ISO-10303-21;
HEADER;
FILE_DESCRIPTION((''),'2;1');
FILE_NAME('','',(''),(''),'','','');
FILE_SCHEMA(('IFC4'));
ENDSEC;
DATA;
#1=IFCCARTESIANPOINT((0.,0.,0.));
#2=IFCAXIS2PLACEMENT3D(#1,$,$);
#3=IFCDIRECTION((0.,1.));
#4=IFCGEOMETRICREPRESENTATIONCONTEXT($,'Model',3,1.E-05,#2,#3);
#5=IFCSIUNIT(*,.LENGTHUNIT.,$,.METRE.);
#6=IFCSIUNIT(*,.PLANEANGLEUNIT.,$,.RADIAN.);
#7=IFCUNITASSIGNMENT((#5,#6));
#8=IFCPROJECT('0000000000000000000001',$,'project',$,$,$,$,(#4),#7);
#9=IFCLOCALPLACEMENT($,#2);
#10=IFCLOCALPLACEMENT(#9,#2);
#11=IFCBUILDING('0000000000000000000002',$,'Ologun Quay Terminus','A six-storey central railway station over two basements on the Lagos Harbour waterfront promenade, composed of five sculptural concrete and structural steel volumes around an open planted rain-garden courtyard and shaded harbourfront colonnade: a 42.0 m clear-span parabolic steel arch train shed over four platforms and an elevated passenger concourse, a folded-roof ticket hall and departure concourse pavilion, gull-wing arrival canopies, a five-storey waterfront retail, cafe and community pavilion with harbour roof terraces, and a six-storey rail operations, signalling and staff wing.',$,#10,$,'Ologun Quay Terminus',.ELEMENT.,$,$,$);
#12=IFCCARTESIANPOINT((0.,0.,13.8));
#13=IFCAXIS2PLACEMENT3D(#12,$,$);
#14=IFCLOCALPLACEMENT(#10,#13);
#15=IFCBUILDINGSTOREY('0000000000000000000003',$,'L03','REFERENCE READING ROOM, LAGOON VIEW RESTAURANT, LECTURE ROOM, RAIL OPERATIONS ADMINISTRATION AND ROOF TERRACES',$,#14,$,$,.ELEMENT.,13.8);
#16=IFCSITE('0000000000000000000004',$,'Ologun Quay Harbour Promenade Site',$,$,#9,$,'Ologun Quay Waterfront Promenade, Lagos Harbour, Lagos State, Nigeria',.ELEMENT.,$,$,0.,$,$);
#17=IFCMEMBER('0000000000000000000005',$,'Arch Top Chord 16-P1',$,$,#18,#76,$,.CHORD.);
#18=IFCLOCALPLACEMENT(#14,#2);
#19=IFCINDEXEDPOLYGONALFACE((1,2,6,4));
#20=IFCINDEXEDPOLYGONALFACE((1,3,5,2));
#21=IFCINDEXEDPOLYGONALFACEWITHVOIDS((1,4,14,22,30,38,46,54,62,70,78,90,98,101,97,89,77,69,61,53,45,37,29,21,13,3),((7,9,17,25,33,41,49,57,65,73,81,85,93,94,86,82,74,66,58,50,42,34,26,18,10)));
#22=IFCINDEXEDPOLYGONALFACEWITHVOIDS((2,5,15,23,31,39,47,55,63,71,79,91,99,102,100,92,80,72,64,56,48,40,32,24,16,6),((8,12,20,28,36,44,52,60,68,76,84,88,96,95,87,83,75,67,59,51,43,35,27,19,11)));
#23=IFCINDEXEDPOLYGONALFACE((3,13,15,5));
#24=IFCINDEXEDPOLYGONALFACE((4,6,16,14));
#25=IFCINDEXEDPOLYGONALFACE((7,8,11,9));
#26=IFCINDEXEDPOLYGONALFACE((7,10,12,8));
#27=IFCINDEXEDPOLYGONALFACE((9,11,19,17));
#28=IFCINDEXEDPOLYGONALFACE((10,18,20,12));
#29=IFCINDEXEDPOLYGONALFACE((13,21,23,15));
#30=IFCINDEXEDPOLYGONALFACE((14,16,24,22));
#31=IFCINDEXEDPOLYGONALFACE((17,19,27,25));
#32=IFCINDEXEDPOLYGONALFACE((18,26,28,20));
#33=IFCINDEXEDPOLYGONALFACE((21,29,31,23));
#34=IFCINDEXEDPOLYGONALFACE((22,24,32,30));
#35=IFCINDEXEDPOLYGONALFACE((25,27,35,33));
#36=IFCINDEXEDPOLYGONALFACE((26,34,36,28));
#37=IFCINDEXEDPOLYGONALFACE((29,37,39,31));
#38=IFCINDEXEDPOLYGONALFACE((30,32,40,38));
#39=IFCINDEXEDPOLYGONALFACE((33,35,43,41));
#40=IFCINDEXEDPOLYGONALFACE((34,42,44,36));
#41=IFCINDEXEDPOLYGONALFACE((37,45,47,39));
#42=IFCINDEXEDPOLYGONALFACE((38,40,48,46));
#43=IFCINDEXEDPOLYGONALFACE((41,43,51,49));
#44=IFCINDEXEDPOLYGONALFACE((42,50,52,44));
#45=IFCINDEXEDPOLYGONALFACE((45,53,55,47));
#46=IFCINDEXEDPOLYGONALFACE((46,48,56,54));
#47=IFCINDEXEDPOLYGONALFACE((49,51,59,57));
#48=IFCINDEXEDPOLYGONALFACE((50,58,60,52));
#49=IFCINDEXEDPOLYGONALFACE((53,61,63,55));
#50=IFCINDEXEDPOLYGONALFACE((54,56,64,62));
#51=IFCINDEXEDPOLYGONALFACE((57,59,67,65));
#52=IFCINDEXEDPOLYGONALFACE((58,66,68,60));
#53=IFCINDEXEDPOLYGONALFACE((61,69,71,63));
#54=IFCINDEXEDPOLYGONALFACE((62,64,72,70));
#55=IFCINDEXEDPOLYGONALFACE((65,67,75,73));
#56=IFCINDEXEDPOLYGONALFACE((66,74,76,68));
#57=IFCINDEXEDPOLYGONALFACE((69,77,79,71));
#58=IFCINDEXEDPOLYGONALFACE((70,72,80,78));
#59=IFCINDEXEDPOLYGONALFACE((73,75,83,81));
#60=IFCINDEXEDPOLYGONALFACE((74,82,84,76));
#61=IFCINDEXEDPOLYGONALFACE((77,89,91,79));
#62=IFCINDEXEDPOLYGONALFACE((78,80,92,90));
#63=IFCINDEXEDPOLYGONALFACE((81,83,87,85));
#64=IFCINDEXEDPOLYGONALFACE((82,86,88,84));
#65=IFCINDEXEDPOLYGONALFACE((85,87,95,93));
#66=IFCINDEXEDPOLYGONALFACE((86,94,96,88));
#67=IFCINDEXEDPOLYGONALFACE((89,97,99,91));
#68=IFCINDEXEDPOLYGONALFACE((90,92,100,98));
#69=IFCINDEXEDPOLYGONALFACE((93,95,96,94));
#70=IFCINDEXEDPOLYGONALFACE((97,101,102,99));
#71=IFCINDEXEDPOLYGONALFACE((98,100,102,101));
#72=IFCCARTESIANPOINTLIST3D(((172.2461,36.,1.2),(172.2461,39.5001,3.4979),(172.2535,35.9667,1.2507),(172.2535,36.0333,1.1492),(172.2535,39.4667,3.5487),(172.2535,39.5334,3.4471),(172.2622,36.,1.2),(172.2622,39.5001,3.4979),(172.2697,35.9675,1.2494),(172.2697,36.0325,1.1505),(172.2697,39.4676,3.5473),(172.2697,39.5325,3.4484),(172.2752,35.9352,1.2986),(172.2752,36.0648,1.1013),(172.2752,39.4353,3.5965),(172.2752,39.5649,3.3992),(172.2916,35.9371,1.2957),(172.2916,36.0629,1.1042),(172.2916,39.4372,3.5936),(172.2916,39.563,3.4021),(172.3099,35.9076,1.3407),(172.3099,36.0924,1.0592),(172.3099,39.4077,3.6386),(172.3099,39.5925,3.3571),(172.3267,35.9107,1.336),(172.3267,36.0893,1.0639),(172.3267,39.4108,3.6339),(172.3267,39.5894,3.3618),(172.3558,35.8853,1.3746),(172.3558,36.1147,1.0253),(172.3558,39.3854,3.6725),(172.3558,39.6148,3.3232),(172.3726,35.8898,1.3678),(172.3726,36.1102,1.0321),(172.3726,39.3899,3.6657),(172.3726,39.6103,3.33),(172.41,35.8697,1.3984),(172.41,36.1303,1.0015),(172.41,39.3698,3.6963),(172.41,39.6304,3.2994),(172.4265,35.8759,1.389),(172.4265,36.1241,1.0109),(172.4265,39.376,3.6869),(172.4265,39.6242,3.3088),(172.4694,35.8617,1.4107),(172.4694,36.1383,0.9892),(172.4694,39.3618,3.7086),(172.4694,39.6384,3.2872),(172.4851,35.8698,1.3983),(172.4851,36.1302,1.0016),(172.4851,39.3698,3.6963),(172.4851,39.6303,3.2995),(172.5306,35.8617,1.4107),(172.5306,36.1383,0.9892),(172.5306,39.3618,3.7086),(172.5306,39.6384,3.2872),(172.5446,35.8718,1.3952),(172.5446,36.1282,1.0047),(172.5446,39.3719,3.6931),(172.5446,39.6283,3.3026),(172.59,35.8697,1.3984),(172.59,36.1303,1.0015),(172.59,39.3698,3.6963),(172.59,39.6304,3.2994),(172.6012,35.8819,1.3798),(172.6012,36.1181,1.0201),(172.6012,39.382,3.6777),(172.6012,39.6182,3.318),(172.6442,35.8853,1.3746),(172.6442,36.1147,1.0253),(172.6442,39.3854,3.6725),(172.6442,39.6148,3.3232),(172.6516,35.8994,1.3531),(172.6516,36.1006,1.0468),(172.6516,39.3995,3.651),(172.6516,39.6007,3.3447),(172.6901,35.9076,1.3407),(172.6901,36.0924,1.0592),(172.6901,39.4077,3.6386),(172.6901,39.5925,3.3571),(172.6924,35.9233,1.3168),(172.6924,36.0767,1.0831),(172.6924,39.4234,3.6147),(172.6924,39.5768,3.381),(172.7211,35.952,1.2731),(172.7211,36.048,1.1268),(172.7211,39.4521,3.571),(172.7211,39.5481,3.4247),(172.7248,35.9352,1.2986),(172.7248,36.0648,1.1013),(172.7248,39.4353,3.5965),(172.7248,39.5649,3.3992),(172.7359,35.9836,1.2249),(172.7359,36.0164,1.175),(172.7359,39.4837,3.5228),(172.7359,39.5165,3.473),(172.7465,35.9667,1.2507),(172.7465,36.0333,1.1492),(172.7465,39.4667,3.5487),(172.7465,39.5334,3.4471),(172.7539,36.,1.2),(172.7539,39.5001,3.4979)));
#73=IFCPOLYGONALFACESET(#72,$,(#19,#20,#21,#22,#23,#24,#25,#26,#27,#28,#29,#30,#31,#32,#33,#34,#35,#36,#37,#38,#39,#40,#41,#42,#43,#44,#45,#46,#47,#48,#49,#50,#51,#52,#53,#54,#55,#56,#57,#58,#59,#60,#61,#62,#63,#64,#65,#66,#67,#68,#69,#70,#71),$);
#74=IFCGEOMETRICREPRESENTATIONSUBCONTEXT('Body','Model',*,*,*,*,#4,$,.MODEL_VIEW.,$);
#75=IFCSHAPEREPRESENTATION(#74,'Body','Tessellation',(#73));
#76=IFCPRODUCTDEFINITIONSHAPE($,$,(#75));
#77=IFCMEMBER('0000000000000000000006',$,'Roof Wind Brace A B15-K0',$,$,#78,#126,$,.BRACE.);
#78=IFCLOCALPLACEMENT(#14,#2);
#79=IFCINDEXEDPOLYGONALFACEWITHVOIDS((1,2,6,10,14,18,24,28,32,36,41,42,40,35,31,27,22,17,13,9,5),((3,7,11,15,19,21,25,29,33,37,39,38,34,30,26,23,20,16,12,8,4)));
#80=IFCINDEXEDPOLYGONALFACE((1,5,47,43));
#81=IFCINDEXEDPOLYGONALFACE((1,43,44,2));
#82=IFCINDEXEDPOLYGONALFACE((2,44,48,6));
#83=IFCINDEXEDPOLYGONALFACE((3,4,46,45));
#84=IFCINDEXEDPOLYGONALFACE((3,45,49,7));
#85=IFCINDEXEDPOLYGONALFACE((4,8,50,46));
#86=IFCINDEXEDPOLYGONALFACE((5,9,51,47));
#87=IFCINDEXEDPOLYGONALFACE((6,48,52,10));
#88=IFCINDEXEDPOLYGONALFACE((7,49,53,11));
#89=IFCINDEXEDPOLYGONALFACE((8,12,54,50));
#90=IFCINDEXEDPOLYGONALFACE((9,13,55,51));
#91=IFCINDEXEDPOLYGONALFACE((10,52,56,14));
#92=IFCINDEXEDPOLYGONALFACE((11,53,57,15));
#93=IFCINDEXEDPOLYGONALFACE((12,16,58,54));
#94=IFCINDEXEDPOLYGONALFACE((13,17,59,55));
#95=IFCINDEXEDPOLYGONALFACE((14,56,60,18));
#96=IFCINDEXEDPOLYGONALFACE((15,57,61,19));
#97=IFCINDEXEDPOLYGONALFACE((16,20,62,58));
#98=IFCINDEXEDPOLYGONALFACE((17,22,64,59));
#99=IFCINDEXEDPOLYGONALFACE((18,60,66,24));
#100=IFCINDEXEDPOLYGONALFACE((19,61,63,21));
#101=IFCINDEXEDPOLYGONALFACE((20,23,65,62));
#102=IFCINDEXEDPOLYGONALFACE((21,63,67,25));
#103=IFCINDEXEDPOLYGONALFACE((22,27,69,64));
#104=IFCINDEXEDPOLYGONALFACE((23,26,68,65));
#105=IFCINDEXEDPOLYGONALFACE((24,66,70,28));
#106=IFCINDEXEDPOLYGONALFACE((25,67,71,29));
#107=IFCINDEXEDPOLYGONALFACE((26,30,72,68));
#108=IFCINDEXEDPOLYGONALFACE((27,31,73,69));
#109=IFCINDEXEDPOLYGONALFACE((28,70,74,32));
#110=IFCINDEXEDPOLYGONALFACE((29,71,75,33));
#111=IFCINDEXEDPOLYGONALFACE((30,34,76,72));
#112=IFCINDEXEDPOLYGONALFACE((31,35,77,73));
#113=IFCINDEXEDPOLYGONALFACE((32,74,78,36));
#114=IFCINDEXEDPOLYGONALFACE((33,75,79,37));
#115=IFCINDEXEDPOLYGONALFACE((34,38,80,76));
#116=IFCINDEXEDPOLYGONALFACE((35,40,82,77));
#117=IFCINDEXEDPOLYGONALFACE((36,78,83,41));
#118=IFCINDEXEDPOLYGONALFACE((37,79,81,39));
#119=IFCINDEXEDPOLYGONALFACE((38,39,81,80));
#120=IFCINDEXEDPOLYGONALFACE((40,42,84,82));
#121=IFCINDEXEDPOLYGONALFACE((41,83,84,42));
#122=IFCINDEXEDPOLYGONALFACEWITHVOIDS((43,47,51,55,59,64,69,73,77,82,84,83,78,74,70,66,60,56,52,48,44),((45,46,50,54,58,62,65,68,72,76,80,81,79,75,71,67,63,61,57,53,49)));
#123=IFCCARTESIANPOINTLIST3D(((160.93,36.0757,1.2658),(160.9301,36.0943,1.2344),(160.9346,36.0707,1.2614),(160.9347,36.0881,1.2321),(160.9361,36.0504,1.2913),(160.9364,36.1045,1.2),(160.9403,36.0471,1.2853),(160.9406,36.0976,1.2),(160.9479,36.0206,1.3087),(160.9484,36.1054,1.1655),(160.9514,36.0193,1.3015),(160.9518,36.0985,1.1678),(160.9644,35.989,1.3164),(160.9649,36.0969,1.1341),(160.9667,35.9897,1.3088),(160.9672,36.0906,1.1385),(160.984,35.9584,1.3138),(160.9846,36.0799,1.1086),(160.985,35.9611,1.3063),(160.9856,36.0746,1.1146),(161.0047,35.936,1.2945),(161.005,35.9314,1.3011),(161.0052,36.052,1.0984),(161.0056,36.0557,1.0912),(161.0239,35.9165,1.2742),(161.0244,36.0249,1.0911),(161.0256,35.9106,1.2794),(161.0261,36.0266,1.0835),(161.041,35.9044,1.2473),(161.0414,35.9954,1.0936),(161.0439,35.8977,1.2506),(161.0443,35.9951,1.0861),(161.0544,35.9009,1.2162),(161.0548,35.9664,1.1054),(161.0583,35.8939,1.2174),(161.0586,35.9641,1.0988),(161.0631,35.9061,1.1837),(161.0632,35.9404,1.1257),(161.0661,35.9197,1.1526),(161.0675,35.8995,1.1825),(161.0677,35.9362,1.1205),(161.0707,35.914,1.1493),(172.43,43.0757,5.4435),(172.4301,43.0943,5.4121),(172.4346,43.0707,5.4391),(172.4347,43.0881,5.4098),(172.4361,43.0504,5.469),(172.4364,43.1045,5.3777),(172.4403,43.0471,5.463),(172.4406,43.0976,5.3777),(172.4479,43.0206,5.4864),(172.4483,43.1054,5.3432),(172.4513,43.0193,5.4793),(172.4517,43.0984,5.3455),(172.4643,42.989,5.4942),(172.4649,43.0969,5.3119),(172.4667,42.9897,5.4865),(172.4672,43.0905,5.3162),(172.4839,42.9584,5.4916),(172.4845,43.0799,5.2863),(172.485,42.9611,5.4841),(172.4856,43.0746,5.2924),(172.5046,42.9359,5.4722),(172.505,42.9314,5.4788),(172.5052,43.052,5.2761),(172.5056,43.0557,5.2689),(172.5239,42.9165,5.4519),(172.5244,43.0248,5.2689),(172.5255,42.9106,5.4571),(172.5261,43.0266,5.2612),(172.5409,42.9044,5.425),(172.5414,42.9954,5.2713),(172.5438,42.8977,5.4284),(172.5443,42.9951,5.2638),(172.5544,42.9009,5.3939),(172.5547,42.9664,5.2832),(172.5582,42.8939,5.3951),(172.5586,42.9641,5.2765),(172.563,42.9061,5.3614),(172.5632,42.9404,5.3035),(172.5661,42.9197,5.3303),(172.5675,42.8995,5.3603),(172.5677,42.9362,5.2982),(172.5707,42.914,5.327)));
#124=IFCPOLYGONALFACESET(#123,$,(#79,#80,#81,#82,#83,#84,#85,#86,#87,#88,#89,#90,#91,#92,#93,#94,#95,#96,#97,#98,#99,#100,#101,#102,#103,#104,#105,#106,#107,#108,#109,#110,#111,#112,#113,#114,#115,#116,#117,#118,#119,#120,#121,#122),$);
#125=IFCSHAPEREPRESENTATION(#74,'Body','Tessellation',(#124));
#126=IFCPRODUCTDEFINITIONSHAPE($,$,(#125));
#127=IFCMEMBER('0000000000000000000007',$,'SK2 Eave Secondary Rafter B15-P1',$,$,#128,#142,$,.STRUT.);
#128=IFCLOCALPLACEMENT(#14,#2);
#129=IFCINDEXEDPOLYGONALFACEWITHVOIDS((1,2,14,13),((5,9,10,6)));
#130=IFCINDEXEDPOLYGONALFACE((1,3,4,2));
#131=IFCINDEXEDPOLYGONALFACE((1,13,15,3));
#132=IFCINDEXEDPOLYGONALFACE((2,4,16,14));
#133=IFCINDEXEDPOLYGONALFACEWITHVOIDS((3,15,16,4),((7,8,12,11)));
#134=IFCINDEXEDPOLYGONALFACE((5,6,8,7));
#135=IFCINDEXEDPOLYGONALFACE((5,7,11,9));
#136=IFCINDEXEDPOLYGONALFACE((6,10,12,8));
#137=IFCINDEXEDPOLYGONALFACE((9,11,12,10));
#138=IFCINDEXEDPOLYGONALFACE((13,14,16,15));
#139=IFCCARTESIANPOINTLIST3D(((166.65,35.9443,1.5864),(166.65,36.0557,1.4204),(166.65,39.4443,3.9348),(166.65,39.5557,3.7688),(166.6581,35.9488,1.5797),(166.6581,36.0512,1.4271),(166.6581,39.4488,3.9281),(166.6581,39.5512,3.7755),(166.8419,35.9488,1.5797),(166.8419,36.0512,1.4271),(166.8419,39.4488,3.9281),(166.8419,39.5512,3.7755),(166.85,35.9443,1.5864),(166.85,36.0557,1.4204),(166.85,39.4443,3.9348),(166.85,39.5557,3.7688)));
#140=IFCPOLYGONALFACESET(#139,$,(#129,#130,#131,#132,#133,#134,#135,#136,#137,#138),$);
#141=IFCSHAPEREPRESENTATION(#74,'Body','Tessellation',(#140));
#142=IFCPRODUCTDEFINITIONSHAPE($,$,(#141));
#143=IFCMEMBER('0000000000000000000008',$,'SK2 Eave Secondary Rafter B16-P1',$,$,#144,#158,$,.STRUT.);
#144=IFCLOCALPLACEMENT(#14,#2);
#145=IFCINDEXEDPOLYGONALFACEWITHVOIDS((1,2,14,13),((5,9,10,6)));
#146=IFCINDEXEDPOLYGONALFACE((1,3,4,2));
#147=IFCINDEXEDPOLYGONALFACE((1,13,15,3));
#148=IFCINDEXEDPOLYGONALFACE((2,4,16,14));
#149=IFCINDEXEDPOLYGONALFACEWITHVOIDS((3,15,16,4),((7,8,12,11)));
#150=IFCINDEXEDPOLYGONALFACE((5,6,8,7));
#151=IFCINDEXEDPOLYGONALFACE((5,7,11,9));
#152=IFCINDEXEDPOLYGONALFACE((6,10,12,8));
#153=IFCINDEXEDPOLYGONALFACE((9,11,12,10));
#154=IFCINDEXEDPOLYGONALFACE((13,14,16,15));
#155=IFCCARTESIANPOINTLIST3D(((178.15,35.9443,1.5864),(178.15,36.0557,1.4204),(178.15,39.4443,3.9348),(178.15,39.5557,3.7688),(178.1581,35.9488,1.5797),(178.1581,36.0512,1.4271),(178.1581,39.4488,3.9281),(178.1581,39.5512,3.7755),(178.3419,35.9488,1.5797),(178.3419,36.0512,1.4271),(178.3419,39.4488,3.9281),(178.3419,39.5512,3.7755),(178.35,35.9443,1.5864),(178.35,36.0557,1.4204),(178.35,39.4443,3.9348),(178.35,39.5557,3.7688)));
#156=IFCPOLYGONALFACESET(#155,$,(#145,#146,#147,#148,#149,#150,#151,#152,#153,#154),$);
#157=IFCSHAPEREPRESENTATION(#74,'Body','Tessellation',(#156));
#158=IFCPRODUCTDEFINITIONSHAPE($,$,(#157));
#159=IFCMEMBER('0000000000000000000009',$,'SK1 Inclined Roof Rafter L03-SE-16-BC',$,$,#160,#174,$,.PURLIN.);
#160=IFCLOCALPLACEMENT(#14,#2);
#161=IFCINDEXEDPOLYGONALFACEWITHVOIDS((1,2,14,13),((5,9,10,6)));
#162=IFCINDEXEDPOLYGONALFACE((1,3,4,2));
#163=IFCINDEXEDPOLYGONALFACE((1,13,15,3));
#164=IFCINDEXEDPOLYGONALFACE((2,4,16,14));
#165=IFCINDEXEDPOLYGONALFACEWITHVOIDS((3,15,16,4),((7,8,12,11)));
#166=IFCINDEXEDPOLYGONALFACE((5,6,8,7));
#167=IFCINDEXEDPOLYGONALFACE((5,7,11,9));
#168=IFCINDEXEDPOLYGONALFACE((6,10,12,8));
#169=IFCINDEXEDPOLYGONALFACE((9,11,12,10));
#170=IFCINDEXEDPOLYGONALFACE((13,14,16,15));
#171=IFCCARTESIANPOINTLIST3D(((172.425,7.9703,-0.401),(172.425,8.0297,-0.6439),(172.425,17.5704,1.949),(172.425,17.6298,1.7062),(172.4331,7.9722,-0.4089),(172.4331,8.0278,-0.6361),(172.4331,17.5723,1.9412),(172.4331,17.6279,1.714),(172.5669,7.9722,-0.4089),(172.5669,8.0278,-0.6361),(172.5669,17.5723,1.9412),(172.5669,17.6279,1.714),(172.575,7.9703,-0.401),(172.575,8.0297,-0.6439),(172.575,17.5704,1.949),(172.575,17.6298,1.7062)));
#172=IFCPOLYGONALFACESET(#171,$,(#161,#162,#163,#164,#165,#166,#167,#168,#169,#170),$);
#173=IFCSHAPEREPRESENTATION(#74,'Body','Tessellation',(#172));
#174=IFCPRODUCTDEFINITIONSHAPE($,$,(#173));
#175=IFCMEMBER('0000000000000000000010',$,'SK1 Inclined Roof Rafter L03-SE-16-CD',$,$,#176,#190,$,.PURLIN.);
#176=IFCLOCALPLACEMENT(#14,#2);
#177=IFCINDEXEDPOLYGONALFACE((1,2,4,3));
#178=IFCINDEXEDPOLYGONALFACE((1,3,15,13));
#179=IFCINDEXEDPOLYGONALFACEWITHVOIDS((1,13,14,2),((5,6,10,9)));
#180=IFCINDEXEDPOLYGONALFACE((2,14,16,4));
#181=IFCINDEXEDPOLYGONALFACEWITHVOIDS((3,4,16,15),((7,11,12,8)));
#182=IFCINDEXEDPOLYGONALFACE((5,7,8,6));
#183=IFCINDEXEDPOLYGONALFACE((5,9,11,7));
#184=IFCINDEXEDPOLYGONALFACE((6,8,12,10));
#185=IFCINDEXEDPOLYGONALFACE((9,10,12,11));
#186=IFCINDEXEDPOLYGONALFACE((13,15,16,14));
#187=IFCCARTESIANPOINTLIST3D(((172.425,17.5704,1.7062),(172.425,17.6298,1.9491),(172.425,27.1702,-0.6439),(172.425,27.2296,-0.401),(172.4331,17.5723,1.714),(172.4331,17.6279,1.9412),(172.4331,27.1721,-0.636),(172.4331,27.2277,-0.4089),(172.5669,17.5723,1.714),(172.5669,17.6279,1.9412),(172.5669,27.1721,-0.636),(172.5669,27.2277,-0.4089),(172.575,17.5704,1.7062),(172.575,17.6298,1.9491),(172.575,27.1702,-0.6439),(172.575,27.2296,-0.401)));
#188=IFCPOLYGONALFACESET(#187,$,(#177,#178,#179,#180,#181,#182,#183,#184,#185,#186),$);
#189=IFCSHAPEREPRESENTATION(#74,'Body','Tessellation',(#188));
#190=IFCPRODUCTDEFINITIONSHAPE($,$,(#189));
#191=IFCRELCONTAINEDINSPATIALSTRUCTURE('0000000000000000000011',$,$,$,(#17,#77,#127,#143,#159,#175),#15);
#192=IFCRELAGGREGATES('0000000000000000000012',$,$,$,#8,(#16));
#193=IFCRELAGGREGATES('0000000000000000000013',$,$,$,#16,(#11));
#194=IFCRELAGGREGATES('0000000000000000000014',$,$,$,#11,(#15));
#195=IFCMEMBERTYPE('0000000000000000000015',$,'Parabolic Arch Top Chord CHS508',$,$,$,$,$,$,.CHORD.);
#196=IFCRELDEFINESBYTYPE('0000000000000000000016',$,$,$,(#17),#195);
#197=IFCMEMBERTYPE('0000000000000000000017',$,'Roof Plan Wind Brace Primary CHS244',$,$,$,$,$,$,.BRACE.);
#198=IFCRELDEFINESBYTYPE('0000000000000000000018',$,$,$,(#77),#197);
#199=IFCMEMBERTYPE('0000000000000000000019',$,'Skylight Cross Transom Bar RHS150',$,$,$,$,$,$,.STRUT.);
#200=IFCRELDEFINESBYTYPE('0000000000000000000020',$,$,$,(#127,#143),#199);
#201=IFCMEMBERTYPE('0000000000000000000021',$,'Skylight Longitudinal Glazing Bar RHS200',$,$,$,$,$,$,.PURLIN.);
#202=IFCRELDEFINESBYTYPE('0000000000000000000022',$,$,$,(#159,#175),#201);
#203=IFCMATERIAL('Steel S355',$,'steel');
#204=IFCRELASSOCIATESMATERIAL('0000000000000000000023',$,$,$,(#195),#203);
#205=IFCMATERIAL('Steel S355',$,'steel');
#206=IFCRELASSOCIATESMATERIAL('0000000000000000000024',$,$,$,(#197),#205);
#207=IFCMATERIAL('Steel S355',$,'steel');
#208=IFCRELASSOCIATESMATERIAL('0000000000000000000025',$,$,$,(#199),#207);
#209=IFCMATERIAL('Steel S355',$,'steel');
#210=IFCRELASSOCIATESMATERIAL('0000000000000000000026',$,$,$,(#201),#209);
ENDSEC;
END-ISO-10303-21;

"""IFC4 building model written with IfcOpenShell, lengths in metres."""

from ifc_helpers import new_model, si_unit, direction, frame, origin, origin_2d, place, context, subcontext, project, spatial, hollow_rectangle, hollow_circle, extrude, material, material_profile, profile_set, type_object, element, save


model = new_model("IFC4")

# Units and contexts
model_context = context("Model", 3, precision=1e-05, world=origin(), true_north=direction((0.0, 1.0)))
body_context = subcontext(model_context, "Body", "Model", "MODEL_VIEW")
ifc_project = project(units=[si_unit("LENGTHUNIT", "METRE"), si_unit("PLANEANGLEUNIT", "RADIAN")], contexts=[model_context])

# Site, building, storey
site_placement = place(None, origin())
site = spatial("IfcSite", under=ifc_project, at=site_placement, Name="Ologun Quay Harbour Promenade Site", LongName="Ologun Quay Waterfront Promenade, Lagos Harbour, Lagos State, Nigeria", CompositionType="ELEMENT", RefElevation=0.0)
building_placement = place(site_placement, origin())
building = spatial("IfcBuilding", under=site, at=building_placement, Name="Ologun Quay Terminus", Description="A six-storey central railway station over two basements on the Lagos Harbour waterfront promenade, composed of five sculptural concrete and structural steel volumes around an open planted rain-garden courtyard and shaded harbourfront colonnade: a 42.0 m clear-span parabolic steel arch train shed over four platforms and an elevated passenger concourse, a folded-roof ticket hall and departure concourse pavilion, gull-wing arrival canopies, a five-storey waterfront retail, cafe and community pavilion with harbour roof terraces, and a six-storey rail operations, signalling and staff wing.", LongName="Ologun Quay Terminus", CompositionType="ELEMENT")
storey_placement = place(building_placement, frame((0.0, 0.0, 13.8)))
storey = spatial("IfcBuildingStorey", under=building, at=storey_placement, Name="L03", Description="REFERENCE READING ROOM, LAGOON VIEW RESTAURANT, LECTURE ROOM, RAIL OPERATIONS ADMINISTRATION AND ROOF TERRACES", CompositionType="ELEMENT", Elevation=13.8)

# Members
ifc_material_1 = material(Name="Steel S355", Category="steel")
ifc_material_profile_1 = material_profile(ifc_material_1, hollow_circle(Radius=0.2539, WallThickness=0.0161, at=origin_2d()), Name="CHS 508x16")
ifc_profile_set_1 = profile_set([ifc_material_profile_1], Name="Steel S355")
member_type_1 = type_object("IfcMemberType", Name="Parabolic Arch Top Chord CHS508", PredefinedType="CHORD", material=ifc_profile_set_1)
for number, where, z_axis, x_axis, name in (
    (1, (172.5, 36.0, 1.2), (0.0, 0.835941, 0.548819), (-1.0, 0.0, 0.0), "Arch Top Chord 16-P1"),
):
    element("IfcMember", number, at=place(storey_placement, frame(where, z_axis=z_axis, x_axis=x_axis)), inside=storey, type_object=member_type_1, Name=name, PredefinedType="CHORD", context=body_context, shape_type="SweptSolid", body=[
        extrude(hollow_circle(Radius=0.2539, WallThickness=0.0161, at=origin_2d()), origin(), (0.0, 0.0, 1.0), 4.187),
    ])
ifc_material_2 = material(Name="Steel S355", Category="steel")
ifc_material_profile_2 = material_profile(ifc_material_2, hollow_circle(Radius=0.1223, WallThickness=0.0081, at=origin_2d()), Name="CHS 244.5x8")
ifc_profile_set_2 = profile_set([ifc_material_profile_2], Name="Steel S355")
member_type_2 = type_object("IfcMemberType", Name="Roof Plan Wind Brace Primary CHS244", PredefinedType="BRACE", material=ifc_profile_set_2)
member_1_placement = place(storey_placement, frame((161.0, 36.0, 1.2), z_axis=(0.815821, 0.496587, 0.296373), x_axis=(-0.519947, 0.854199, 0.0)))
element("IfcMember", 2, at=member_1_placement, inside=storey, type_object=member_type_2, Name="Roof Wind Brace A B15-K0", PredefinedType="BRACE", context=body_context, shape_type="SweptSolid", body=[
    extrude(hollow_circle(Radius=0.1223, WallThickness=0.0081, at=origin_2d()), origin(), (0.0, 0.0, 1.0), 14.0962),
])
ifc_material_3 = material(Name="Steel S355", Category="steel")
ifc_material_profile_3 = material_profile(ifc_material_3, hollow_rectangle(XDim=0.2, YDim=0.2, WallThickness=0.0081, at=origin_2d()), Name="SHS 200x200x8")
ifc_profile_set_3 = profile_set([ifc_material_profile_3], Name="Steel S355")
member_type_3 = type_object("IfcMemberType", Name="Skylight Cross Transom Bar RHS150", PredefinedType="STRUT", material=ifc_profile_set_3)
for number, where, z_axis, x_axis, name in (
    (3, (166.75, 36.0, 1.5034), (0.0, 0.830398, 0.557171), (-1.0, 0.0, 0.0), "SK2 Eave Secondary Rafter B15-P1"),
    (4, (178.25, 36.0, 1.5034), (0.0, 0.830398, 0.557171), (-1.0, 0.0, 0.0), "SK2 Eave Secondary Rafter B16-P1"),
):
    element("IfcMember", number, at=place(storey_placement, frame(where, z_axis=z_axis, x_axis=x_axis)), inside=storey, type_object=member_type_3, Name=name, PredefinedType="STRUT", context=body_context, shape_type="SweptSolid", body=[
        extrude(hollow_rectangle(XDim=0.2, YDim=0.2, WallThickness=0.0081, at=origin_2d()), origin(), (0.0, 0.0, 1.0), 4.2148),
    ])
ifc_material_4 = material(Name="Steel S355", Category="steel")
ifc_material_profile_4 = material_profile(ifc_material_4, hollow_rectangle(XDim=0.1499, YDim=0.25, WallThickness=0.0081, at=origin_2d()), Name="RHS 250x150x8")
ifc_profile_set_4 = profile_set([ifc_material_profile_4], Name="Steel S355")
member_type_4 = type_object("IfcMemberType", Name="Skylight Longitudinal Glazing Bar RHS200", PredefinedType="PURLIN", material=ifc_profile_set_4)
member_2_placement = place(storey_placement, frame((172.5, 8.0, -0.5225), z_axis=(0.0, 0.971319, 0.237778), x_axis=(-1.0, 0.0, 0.0)))
element("IfcMember", 5, at=member_2_placement, inside=storey, type_object=member_type_4, Name="SK1 Inclined Roof Rafter L03-SE-16-BC", PredefinedType="PURLIN", context=body_context, shape_type="SweptSolid", body=[
    extrude(hollow_rectangle(XDim=0.1499, YDim=0.25, WallThickness=0.0081, at=origin_2d()), origin(), (0.0, 0.0, 1.0), 9.8835),
])
member_3_placement = place(storey_placement, frame((172.5, 17.6001, 1.8276), z_axis=(0.0, 0.971318, -0.237784), x_axis=(-1.0, 0.0, 0.0)))
element("IfcMember", 6, at=member_3_placement, inside=storey, type_object=member_type_4, Name="SK1 Inclined Roof Rafter L03-SE-16-CD", PredefinedType="PURLIN", context=body_context, shape_type="SweptSolid", body=[
    extrude(hollow_rectangle(XDim=0.1499, YDim=0.25, WallThickness=0.0081, at=origin_2d()), origin(), (0.0, 0.0, 1.0), 9.8833),
])

save(model, "model.ifc")
